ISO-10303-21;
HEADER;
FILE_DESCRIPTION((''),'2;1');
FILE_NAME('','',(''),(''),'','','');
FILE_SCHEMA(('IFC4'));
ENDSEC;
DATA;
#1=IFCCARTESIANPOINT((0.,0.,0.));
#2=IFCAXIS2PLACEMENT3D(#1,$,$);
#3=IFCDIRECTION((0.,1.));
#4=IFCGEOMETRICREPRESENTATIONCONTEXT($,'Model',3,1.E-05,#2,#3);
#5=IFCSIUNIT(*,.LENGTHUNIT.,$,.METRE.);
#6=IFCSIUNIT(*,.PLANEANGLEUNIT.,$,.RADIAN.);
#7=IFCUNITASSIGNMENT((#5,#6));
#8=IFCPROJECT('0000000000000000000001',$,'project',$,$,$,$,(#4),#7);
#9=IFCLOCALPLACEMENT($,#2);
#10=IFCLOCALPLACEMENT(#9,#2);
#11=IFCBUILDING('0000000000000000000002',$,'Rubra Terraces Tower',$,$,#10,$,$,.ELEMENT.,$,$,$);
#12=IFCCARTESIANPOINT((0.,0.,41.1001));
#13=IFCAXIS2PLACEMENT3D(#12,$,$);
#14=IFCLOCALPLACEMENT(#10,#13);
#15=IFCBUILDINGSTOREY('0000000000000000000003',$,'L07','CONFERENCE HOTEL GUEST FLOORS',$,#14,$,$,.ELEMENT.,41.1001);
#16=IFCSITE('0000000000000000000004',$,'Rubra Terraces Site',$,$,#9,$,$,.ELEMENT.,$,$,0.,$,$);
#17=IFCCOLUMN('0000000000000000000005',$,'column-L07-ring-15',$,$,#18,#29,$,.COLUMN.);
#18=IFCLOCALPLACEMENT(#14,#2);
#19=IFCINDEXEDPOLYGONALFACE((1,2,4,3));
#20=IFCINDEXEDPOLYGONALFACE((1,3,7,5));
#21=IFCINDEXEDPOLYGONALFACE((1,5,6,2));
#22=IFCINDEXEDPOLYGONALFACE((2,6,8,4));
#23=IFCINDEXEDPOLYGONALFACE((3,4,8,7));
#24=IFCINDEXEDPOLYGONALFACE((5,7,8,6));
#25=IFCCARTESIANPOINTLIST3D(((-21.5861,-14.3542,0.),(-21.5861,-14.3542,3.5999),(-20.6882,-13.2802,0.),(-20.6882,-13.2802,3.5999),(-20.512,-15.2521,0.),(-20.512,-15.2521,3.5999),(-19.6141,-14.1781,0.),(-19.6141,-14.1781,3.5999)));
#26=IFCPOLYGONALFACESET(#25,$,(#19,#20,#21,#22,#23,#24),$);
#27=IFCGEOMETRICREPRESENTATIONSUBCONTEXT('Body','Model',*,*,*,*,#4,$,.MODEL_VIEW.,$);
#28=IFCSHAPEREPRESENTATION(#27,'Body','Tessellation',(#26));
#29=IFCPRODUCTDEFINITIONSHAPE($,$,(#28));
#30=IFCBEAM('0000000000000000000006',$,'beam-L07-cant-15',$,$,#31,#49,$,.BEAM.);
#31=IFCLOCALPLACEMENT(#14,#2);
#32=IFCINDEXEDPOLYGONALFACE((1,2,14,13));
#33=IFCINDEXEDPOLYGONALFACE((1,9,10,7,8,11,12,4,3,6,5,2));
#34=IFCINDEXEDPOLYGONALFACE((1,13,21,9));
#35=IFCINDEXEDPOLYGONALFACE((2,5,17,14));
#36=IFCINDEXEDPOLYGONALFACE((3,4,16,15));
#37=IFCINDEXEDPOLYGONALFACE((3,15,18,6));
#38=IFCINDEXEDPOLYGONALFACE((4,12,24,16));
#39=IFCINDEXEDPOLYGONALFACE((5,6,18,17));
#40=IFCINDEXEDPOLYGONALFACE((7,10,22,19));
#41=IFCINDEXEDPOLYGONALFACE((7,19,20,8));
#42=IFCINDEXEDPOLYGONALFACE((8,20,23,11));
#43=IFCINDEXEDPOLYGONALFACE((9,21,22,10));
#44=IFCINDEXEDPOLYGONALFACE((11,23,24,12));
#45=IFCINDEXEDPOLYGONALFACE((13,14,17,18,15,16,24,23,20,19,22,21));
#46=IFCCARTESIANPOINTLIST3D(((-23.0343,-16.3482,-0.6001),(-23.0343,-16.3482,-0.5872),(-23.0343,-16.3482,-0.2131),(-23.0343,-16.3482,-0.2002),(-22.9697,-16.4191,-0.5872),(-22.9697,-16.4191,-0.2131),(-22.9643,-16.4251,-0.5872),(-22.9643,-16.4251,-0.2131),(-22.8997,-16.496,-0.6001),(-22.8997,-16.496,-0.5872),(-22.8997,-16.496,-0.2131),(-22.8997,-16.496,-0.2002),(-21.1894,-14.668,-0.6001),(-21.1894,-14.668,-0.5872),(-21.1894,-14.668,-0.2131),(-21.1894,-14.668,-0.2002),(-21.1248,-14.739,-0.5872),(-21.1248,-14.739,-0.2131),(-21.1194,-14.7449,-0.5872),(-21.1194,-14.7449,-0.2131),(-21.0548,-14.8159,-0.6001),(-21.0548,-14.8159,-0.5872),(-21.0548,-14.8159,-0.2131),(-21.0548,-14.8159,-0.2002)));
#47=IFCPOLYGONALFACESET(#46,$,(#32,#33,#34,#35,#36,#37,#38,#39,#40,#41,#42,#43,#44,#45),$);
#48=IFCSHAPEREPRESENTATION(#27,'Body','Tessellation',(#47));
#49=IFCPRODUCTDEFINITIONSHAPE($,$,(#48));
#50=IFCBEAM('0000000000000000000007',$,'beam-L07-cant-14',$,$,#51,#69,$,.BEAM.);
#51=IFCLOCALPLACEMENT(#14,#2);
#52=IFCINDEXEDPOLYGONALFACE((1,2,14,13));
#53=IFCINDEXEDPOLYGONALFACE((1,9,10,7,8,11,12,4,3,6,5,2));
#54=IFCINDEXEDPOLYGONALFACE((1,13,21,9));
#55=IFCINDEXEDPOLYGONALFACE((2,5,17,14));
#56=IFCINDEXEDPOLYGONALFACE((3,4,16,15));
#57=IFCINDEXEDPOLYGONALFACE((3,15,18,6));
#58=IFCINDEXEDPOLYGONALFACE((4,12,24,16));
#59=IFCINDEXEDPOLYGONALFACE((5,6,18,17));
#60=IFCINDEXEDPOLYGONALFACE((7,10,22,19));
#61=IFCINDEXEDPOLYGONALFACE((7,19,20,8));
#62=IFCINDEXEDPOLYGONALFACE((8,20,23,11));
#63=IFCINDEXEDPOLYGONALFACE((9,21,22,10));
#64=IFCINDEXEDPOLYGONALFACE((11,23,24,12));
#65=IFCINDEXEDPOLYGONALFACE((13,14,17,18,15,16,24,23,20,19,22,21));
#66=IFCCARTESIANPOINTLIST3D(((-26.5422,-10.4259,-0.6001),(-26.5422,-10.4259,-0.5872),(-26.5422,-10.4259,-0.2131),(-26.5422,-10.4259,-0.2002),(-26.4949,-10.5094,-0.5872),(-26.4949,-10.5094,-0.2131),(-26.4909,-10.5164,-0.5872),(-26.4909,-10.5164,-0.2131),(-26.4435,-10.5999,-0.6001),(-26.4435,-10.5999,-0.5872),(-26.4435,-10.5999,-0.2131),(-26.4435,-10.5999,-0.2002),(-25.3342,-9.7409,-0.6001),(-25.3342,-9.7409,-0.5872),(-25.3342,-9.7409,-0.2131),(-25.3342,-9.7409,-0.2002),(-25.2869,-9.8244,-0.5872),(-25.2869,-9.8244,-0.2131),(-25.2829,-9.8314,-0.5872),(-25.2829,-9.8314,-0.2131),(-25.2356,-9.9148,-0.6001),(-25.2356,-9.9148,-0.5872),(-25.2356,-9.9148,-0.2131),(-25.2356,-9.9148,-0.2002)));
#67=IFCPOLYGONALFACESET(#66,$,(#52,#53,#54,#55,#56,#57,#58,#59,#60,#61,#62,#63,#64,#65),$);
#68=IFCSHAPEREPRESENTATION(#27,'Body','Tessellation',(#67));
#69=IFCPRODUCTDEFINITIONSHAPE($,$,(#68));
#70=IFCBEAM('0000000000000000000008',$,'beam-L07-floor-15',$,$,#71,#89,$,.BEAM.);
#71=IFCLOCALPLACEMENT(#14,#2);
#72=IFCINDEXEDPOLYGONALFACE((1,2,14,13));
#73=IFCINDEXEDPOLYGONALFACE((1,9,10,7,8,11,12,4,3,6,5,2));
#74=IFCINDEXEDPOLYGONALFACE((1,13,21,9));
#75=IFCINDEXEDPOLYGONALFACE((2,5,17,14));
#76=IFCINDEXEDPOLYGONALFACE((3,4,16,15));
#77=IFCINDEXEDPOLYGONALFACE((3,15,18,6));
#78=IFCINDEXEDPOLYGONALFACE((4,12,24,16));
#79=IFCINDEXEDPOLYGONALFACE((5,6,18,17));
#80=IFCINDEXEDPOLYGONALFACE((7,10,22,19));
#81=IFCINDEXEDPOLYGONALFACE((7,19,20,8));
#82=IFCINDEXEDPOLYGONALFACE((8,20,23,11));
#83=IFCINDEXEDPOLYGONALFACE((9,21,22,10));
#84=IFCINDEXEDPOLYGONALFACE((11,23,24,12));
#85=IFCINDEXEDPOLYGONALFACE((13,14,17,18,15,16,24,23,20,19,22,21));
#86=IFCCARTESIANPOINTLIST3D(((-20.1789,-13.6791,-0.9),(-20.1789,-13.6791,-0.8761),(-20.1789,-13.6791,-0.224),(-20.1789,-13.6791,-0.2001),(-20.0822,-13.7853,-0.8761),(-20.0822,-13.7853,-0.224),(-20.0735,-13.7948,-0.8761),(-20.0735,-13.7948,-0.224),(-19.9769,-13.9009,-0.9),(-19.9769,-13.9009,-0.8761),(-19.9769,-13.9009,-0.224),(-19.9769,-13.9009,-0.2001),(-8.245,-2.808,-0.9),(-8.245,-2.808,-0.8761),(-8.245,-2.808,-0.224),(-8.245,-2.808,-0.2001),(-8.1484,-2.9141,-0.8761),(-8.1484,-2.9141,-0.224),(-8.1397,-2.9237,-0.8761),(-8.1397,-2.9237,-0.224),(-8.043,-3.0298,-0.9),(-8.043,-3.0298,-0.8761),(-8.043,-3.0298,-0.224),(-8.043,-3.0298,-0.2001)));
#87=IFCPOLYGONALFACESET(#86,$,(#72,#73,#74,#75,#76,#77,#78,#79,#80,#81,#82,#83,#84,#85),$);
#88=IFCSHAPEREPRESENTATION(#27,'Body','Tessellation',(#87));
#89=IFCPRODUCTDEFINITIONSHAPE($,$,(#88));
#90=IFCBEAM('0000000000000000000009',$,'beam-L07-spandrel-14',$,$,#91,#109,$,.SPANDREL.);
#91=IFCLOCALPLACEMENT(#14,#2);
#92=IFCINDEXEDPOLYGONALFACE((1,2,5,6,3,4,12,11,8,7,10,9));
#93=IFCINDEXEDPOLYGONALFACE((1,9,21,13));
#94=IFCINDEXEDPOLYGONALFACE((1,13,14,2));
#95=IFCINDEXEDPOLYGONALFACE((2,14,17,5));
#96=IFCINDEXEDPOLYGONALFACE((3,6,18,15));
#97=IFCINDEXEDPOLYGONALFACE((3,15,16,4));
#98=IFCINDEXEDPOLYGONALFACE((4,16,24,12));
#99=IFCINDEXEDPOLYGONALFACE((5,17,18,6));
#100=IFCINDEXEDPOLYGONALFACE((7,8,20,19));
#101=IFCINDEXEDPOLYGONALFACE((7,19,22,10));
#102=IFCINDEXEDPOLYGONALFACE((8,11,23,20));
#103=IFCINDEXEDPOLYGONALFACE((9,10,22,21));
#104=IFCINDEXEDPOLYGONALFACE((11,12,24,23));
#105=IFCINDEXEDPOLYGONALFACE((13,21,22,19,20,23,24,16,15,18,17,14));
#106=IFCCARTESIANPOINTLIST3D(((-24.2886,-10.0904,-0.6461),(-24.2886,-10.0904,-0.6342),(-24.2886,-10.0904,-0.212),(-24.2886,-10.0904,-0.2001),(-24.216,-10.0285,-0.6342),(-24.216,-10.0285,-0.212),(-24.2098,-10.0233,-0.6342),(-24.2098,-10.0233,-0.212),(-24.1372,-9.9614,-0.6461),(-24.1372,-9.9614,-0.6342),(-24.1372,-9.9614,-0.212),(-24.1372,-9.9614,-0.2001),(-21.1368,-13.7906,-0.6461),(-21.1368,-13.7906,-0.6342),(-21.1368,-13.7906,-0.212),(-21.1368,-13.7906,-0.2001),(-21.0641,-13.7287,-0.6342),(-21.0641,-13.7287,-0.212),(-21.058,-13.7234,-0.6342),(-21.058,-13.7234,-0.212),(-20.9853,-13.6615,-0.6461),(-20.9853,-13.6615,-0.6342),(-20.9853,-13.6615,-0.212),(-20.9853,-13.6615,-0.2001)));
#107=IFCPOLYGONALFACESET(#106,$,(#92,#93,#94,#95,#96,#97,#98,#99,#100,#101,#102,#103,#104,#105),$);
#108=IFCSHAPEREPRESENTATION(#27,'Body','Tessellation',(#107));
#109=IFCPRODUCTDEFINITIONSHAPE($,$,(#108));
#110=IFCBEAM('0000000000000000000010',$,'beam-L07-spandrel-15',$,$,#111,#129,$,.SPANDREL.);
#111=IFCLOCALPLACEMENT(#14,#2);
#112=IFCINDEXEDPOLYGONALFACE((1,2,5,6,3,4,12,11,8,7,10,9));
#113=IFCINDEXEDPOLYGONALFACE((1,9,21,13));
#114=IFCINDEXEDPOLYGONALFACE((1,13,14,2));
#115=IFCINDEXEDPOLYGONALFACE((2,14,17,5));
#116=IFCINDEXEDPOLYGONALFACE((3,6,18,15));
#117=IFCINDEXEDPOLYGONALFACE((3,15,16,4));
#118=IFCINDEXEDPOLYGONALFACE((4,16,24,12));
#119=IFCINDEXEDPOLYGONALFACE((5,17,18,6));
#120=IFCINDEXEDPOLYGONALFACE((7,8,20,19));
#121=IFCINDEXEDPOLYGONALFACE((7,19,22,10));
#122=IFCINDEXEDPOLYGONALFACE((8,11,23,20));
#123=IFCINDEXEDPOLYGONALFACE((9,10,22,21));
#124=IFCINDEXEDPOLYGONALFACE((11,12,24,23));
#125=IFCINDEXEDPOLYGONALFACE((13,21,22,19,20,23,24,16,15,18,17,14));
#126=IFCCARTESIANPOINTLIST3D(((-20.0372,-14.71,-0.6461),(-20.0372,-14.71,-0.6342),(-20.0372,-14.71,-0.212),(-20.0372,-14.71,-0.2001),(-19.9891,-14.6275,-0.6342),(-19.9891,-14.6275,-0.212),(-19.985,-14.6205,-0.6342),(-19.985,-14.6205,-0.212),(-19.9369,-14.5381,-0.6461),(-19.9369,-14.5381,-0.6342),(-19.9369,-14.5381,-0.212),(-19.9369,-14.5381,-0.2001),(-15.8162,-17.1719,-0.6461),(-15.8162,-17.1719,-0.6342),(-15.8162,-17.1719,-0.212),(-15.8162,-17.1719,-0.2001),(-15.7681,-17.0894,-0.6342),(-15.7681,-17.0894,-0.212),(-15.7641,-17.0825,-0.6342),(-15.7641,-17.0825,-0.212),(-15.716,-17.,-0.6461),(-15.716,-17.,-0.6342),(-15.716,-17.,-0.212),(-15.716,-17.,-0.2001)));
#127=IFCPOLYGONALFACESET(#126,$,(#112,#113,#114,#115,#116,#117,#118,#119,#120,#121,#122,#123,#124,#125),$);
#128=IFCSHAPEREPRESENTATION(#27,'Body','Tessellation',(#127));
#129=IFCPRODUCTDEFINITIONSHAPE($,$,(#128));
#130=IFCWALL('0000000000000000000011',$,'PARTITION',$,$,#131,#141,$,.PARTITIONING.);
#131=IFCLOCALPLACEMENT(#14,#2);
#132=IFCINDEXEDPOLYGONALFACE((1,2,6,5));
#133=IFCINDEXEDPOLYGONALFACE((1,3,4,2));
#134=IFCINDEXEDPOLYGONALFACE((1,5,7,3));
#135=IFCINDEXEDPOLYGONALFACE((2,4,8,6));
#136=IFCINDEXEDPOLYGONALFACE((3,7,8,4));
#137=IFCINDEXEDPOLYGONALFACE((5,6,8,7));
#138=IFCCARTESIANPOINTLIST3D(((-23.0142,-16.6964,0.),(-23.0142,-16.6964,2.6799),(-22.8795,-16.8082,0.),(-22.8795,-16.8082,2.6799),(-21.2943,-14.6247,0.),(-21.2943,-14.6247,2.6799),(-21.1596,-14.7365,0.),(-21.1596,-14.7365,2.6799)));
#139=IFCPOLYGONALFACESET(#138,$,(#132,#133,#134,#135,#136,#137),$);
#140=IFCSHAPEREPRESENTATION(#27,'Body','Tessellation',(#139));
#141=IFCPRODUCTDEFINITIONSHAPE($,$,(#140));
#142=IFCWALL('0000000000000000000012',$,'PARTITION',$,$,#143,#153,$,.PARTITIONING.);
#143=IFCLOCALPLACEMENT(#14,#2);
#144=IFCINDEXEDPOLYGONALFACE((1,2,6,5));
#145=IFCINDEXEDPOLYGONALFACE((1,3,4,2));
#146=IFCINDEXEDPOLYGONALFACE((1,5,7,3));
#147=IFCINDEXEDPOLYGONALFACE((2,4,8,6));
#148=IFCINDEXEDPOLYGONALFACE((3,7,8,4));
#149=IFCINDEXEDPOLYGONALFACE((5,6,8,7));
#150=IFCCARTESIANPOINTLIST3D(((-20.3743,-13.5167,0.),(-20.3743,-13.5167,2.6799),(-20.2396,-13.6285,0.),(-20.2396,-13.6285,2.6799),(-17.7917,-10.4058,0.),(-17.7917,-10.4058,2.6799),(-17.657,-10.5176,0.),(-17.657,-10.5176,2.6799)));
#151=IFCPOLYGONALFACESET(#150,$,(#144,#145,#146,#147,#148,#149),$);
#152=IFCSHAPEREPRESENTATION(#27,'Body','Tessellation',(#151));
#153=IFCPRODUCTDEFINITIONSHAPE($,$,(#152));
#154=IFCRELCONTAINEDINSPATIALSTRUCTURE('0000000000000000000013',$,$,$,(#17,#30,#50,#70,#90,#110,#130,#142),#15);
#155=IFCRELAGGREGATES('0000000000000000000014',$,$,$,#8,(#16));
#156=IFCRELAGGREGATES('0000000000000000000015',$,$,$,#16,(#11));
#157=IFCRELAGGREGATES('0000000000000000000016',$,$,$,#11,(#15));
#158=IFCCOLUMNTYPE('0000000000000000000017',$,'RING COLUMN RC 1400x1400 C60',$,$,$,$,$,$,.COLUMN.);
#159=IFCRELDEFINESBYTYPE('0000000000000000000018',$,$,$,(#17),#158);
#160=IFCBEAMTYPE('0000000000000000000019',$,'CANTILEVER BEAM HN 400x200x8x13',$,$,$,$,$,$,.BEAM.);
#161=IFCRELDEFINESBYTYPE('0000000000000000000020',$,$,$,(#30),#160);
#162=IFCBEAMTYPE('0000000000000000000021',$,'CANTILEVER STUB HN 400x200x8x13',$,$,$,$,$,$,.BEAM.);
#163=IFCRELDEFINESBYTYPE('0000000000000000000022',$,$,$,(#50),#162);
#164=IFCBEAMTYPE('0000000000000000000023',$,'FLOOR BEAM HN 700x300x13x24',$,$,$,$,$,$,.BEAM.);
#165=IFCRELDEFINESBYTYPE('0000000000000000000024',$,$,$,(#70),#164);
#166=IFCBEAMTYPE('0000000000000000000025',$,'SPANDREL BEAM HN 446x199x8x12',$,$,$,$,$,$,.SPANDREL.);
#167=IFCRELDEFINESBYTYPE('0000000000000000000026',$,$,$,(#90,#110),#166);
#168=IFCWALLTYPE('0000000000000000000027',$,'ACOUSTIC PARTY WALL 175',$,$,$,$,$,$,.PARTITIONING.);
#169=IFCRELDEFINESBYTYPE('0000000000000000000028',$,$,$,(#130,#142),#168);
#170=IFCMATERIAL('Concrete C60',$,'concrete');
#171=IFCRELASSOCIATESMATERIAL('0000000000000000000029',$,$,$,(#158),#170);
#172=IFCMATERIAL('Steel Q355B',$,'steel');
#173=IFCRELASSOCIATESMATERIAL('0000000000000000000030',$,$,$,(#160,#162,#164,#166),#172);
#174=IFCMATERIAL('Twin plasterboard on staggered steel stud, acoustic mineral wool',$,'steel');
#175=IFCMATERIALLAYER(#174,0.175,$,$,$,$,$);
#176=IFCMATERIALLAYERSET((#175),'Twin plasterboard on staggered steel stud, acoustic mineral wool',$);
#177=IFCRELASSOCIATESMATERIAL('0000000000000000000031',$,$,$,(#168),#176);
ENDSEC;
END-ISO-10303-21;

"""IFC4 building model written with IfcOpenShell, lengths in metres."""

from ifc_helpers import new_model, si_unit, direction, frame, frame_2d, origin, origin_2d, place, context, subcontext, project, spatial, rectangle, i_section, extrude, material, layer, layer_set, material_profile, profile_set, type_object, element, save


model = new_model("IFC4")

# Units and contexts
model_context = context("Model", 3, precision=1e-05, world=origin(), true_north=direction((0.0, 1.0)))
body_context = subcontext(model_context, "Body", "Model", "MODEL_VIEW")
ifc_project = project(units=[si_unit("LENGTHUNIT", "METRE"), si_unit("PLANEANGLEUNIT", "RADIAN")], contexts=[model_context])

# Site, building, storey
site_placement = place(None, origin())
site = spatial("IfcSite", under=ifc_project, at=site_placement, Name="Rubra Terraces Site", CompositionType="ELEMENT", RefElevation=0.0)
building_placement = place(site_placement, origin())
building = spatial("IfcBuilding", under=site, at=building_placement, Name="Rubra Terraces Tower", CompositionType="ELEMENT")
storey_placement = place(building_placement, frame((0.0, 0.0, 41.1001)))
storey = spatial("IfcBuildingStorey", under=building, at=storey_placement, Name="L07", Description="CONFERENCE HOTEL GUEST FLOORS", CompositionType="ELEMENT", Elevation=41.1001)

# Column
ifc_material_1 = material(Name="Concrete C60", Category="concrete")
ifc_material_profile_1 = material_profile(ifc_material_1, rectangle(XDim=1.3999, YDim=1.3999, at=origin_2d()), Name="RC 1400x1400")
ifc_profile_set_1 = profile_set([ifc_material_profile_1], Name="Concrete C60")
column_type = type_object("IfcColumnType", Name="RING COLUMN RC 1400x1400 C60", PredefinedType="COLUMN", material=ifc_profile_set_1)
column_placement = place(storey_placement, frame((-20.6001, -14.2661, 0.0), z_axis=(0.0, 0.0, 1.0), x_axis=(0.76721, -0.641397, 0.0)))
element("IfcColumn", 1, at=column_placement, inside=storey, type_object=column_type, Name="column-L07-ring-15", PredefinedType="COLUMN", context=body_context, shape_type="SweptSolid", body=[
    extrude(rectangle(XDim=1.3999, YDim=1.3999, at=origin_2d()), origin(), (0.0, 0.0, 1.0), 3.5999),
])

# Beams
ifc_material_2 = material(Name="Steel Q355B", Category="steel")
ifc_material_profile_2 = material_profile(ifc_material_2, i_section(OverallWidth=0.2, OverallDepth=0.3999, WebThickness=0.0081, FlangeThickness=0.0129, at=origin_2d()), Name="HN 400x200x8x13")
ifc_profile_set_2 = profile_set([ifc_material_profile_2], Name="Steel Q355B")
beam_type_1 = type_object("IfcBeamType", Name="CANTILEVER BEAM HN 400x200x8x13", PredefinedType="BEAM", material=ifc_profile_set_2)
beam_1_placement = place(storey_placement, frame((-21.1221, -14.7419, -0.4001), z_axis=(-0.739355, -0.673315, 0.0), x_axis=(0.673315, -0.739355, 0.0)))
element("IfcBeam", 2, at=beam_1_placement, inside=storey, type_object=beam_type_1, Name="beam-L07-cant-15", PredefinedType="BEAM", context=body_context, shape_type="SweptSolid", body=[
    extrude(i_section(OverallWidth=0.2, OverallDepth=0.3999, WebThickness=0.0081, FlangeThickness=0.0129, at=origin_2d()), origin(), (0.0, 0.0, 1.0), 2.4954),
])
ifc_material_profile_3 = material_profile(ifc_material_2, i_section(OverallWidth=0.2, OverallDepth=0.3999, WebThickness=0.0081, FlangeThickness=0.0129, at=origin_2d()), Name="HN 400x200x8x13")
ifc_profile_set_3 = profile_set([ifc_material_profile_3], Name="Steel Q355B")
beam_type_2 = type_object("IfcBeamType", Name="CANTILEVER STUB HN 400x200x8x13", PredefinedType="BEAM", material=ifc_profile_set_3)
beam_2_placement = place(storey_placement, frame((-25.2849, -9.8279, -0.4001), z_axis=(-0.869861, -0.493296, 0.0), x_axis=(0.493296, -0.869861, 0.0)))
element("IfcBeam", 3, at=beam_2_placement, inside=storey, type_object=beam_type_2, Name="beam-L07-cant-14", PredefinedType="BEAM", context=body_context, shape_type="SweptSolid", body=[
    extrude(i_section(OverallWidth=0.2, OverallDepth=0.3999, WebThickness=0.0081, FlangeThickness=0.0129, at=origin_2d()), origin(), (0.0, 0.0, 1.0), 1.3887),
])
ifc_material_profile_4 = material_profile(ifc_material_2, i_section(OverallWidth=0.3, OverallDepth=0.7, WebThickness=0.0129, FlangeThickness=0.0239, at=origin_2d()), Name="HN 700x300x13x24")
ifc_profile_set_4 = profile_set([ifc_material_profile_4], Name="Steel Q355B")
beam_type_3 = type_object("IfcBeamType", Name="FLOOR BEAM HN 700x300x13x24", PredefinedType="BEAM", material=ifc_profile_set_4)
beam_3_placement = place(storey_placement, frame((-20.0779, -13.79, -0.55), z_axis=(0.739257, 0.673424, 0.0), x_axis=(-0.673424, 0.739257, 0.0)))
element("IfcBeam", 4, at=beam_3_placement, inside=storey, type_object=beam_type_3, Name="beam-L07-floor-15", PredefinedType="BEAM", context=body_context, shape_type="SweptSolid", body=[
    extrude(i_section(OverallWidth=0.3, OverallDepth=0.7, WebThickness=0.0129, FlangeThickness=0.0239, at=origin_2d()), origin(), (0.0, 0.0, 1.0), 16.1431),
])
ifc_material_profile_5 = material_profile(ifc_material_2, i_section(OverallWidth=0.199, OverallDepth=0.446, WebThickness=0.0081, FlangeThickness=0.012, at=origin_2d()), Name="HN 446x199x8x12")
ifc_profile_set_5 = profile_set([ifc_material_profile_5], Name="Steel Q355B")
beam_type_4 = type_object("IfcBeamType", Name="SPANDREL BEAM HN 446x199x8x12", PredefinedType="SPANDREL", material=ifc_profile_set_5)
beam_4_placement = place(storey_placement, frame((-24.2129, -10.0259, -0.4231), z_axis=(0.648447, -0.76126, 0.0), x_axis=(0.76126, 0.648447, 0.0)))
element("IfcBeam", 5, at=beam_4_placement, inside=storey, type_object=beam_type_4, Name="beam-L07-spandrel-14", PredefinedType="SPANDREL", context=body_context, shape_type="SweptSolid", body=[
    extrude(i_section(OverallWidth=0.199, OverallDepth=0.446, WebThickness=0.0081, FlangeThickness=0.012, at=origin_2d()), origin(), (0.0, 0.0, 1.0), 4.8606),
])
beam_5_placement = place(storey_placement, frame((-19.9871, -14.624, -0.4231), z_axis=(0.863806, -0.503824, 0.0), x_axis=(0.503824, 0.863806, 0.0)))
element("IfcBeam", 6, at=beam_5_placement, inside=storey, type_object=beam_type_4, Name="beam-L07-spandrel-15", PredefinedType="SPANDREL", context=body_context, shape_type="SweptSolid", body=[
    extrude(i_section(OverallWidth=0.199, OverallDepth=0.446, WebThickness=0.0081, FlangeThickness=0.012, at=origin_2d()), origin(), (0.0, 0.0, 1.0), 4.8865),
])

# Walls
ifc_material_3 = material(Name="Twin plasterboard on staggered steel stud, acoustic mineral wool", Category="steel")
ifc_layer_1 = layer(ifc_material_3, 0.175)
ifc_layer_set_1 = layer_set([ifc_layer_1], Name="Twin plasterboard on staggered steel stud, acoustic mineral wool")
wall_type_1 = type_object("IfcWallType", Name="ACOUSTIC PARTY WALL 175", PredefinedType="PARTITIONING", material=ifc_layer_set_1)
wall_1_placement = place(storey_placement, frame((-22.9468, -16.7522, 0.0), z_axis=(0.0, 0.0, 1.0), x_axis=(0.638756, 0.769409, 0.0)))
element("IfcWall", 7, at=wall_1_placement, inside=storey, type_object=wall_type_1, Name="PARTITION", PredefinedType="PARTITIONING", context=body_context, shape_type="SweptSolid", body=[
    extrude(rectangle(XDim=2.6926, YDim=0.175, at=frame_2d((1.3462, 0.0))), origin(), (0.0, 0.0, 1.0), 2.6799),
])
wall_2_placement = place(storey_placement, frame((-20.3069, -13.5725, 0.0), z_axis=(0.0, 0.0, 1.0), x_axis=(0.638746, 0.769418, 0.0)))
element("IfcWall", 8, at=wall_2_placement, inside=storey, type_object=wall_type_1, Name="PARTITION", PredefinedType="PARTITIONING", context=body_context, shape_type="SweptSolid", body=[
    extrude(rectangle(XDim=4.0432, YDim=0.175, at=frame_2d((2.0215, 0.0))), origin(), (0.0, 0.0, 1.0), 2.6799),
])

save(model, "model.ifc")
